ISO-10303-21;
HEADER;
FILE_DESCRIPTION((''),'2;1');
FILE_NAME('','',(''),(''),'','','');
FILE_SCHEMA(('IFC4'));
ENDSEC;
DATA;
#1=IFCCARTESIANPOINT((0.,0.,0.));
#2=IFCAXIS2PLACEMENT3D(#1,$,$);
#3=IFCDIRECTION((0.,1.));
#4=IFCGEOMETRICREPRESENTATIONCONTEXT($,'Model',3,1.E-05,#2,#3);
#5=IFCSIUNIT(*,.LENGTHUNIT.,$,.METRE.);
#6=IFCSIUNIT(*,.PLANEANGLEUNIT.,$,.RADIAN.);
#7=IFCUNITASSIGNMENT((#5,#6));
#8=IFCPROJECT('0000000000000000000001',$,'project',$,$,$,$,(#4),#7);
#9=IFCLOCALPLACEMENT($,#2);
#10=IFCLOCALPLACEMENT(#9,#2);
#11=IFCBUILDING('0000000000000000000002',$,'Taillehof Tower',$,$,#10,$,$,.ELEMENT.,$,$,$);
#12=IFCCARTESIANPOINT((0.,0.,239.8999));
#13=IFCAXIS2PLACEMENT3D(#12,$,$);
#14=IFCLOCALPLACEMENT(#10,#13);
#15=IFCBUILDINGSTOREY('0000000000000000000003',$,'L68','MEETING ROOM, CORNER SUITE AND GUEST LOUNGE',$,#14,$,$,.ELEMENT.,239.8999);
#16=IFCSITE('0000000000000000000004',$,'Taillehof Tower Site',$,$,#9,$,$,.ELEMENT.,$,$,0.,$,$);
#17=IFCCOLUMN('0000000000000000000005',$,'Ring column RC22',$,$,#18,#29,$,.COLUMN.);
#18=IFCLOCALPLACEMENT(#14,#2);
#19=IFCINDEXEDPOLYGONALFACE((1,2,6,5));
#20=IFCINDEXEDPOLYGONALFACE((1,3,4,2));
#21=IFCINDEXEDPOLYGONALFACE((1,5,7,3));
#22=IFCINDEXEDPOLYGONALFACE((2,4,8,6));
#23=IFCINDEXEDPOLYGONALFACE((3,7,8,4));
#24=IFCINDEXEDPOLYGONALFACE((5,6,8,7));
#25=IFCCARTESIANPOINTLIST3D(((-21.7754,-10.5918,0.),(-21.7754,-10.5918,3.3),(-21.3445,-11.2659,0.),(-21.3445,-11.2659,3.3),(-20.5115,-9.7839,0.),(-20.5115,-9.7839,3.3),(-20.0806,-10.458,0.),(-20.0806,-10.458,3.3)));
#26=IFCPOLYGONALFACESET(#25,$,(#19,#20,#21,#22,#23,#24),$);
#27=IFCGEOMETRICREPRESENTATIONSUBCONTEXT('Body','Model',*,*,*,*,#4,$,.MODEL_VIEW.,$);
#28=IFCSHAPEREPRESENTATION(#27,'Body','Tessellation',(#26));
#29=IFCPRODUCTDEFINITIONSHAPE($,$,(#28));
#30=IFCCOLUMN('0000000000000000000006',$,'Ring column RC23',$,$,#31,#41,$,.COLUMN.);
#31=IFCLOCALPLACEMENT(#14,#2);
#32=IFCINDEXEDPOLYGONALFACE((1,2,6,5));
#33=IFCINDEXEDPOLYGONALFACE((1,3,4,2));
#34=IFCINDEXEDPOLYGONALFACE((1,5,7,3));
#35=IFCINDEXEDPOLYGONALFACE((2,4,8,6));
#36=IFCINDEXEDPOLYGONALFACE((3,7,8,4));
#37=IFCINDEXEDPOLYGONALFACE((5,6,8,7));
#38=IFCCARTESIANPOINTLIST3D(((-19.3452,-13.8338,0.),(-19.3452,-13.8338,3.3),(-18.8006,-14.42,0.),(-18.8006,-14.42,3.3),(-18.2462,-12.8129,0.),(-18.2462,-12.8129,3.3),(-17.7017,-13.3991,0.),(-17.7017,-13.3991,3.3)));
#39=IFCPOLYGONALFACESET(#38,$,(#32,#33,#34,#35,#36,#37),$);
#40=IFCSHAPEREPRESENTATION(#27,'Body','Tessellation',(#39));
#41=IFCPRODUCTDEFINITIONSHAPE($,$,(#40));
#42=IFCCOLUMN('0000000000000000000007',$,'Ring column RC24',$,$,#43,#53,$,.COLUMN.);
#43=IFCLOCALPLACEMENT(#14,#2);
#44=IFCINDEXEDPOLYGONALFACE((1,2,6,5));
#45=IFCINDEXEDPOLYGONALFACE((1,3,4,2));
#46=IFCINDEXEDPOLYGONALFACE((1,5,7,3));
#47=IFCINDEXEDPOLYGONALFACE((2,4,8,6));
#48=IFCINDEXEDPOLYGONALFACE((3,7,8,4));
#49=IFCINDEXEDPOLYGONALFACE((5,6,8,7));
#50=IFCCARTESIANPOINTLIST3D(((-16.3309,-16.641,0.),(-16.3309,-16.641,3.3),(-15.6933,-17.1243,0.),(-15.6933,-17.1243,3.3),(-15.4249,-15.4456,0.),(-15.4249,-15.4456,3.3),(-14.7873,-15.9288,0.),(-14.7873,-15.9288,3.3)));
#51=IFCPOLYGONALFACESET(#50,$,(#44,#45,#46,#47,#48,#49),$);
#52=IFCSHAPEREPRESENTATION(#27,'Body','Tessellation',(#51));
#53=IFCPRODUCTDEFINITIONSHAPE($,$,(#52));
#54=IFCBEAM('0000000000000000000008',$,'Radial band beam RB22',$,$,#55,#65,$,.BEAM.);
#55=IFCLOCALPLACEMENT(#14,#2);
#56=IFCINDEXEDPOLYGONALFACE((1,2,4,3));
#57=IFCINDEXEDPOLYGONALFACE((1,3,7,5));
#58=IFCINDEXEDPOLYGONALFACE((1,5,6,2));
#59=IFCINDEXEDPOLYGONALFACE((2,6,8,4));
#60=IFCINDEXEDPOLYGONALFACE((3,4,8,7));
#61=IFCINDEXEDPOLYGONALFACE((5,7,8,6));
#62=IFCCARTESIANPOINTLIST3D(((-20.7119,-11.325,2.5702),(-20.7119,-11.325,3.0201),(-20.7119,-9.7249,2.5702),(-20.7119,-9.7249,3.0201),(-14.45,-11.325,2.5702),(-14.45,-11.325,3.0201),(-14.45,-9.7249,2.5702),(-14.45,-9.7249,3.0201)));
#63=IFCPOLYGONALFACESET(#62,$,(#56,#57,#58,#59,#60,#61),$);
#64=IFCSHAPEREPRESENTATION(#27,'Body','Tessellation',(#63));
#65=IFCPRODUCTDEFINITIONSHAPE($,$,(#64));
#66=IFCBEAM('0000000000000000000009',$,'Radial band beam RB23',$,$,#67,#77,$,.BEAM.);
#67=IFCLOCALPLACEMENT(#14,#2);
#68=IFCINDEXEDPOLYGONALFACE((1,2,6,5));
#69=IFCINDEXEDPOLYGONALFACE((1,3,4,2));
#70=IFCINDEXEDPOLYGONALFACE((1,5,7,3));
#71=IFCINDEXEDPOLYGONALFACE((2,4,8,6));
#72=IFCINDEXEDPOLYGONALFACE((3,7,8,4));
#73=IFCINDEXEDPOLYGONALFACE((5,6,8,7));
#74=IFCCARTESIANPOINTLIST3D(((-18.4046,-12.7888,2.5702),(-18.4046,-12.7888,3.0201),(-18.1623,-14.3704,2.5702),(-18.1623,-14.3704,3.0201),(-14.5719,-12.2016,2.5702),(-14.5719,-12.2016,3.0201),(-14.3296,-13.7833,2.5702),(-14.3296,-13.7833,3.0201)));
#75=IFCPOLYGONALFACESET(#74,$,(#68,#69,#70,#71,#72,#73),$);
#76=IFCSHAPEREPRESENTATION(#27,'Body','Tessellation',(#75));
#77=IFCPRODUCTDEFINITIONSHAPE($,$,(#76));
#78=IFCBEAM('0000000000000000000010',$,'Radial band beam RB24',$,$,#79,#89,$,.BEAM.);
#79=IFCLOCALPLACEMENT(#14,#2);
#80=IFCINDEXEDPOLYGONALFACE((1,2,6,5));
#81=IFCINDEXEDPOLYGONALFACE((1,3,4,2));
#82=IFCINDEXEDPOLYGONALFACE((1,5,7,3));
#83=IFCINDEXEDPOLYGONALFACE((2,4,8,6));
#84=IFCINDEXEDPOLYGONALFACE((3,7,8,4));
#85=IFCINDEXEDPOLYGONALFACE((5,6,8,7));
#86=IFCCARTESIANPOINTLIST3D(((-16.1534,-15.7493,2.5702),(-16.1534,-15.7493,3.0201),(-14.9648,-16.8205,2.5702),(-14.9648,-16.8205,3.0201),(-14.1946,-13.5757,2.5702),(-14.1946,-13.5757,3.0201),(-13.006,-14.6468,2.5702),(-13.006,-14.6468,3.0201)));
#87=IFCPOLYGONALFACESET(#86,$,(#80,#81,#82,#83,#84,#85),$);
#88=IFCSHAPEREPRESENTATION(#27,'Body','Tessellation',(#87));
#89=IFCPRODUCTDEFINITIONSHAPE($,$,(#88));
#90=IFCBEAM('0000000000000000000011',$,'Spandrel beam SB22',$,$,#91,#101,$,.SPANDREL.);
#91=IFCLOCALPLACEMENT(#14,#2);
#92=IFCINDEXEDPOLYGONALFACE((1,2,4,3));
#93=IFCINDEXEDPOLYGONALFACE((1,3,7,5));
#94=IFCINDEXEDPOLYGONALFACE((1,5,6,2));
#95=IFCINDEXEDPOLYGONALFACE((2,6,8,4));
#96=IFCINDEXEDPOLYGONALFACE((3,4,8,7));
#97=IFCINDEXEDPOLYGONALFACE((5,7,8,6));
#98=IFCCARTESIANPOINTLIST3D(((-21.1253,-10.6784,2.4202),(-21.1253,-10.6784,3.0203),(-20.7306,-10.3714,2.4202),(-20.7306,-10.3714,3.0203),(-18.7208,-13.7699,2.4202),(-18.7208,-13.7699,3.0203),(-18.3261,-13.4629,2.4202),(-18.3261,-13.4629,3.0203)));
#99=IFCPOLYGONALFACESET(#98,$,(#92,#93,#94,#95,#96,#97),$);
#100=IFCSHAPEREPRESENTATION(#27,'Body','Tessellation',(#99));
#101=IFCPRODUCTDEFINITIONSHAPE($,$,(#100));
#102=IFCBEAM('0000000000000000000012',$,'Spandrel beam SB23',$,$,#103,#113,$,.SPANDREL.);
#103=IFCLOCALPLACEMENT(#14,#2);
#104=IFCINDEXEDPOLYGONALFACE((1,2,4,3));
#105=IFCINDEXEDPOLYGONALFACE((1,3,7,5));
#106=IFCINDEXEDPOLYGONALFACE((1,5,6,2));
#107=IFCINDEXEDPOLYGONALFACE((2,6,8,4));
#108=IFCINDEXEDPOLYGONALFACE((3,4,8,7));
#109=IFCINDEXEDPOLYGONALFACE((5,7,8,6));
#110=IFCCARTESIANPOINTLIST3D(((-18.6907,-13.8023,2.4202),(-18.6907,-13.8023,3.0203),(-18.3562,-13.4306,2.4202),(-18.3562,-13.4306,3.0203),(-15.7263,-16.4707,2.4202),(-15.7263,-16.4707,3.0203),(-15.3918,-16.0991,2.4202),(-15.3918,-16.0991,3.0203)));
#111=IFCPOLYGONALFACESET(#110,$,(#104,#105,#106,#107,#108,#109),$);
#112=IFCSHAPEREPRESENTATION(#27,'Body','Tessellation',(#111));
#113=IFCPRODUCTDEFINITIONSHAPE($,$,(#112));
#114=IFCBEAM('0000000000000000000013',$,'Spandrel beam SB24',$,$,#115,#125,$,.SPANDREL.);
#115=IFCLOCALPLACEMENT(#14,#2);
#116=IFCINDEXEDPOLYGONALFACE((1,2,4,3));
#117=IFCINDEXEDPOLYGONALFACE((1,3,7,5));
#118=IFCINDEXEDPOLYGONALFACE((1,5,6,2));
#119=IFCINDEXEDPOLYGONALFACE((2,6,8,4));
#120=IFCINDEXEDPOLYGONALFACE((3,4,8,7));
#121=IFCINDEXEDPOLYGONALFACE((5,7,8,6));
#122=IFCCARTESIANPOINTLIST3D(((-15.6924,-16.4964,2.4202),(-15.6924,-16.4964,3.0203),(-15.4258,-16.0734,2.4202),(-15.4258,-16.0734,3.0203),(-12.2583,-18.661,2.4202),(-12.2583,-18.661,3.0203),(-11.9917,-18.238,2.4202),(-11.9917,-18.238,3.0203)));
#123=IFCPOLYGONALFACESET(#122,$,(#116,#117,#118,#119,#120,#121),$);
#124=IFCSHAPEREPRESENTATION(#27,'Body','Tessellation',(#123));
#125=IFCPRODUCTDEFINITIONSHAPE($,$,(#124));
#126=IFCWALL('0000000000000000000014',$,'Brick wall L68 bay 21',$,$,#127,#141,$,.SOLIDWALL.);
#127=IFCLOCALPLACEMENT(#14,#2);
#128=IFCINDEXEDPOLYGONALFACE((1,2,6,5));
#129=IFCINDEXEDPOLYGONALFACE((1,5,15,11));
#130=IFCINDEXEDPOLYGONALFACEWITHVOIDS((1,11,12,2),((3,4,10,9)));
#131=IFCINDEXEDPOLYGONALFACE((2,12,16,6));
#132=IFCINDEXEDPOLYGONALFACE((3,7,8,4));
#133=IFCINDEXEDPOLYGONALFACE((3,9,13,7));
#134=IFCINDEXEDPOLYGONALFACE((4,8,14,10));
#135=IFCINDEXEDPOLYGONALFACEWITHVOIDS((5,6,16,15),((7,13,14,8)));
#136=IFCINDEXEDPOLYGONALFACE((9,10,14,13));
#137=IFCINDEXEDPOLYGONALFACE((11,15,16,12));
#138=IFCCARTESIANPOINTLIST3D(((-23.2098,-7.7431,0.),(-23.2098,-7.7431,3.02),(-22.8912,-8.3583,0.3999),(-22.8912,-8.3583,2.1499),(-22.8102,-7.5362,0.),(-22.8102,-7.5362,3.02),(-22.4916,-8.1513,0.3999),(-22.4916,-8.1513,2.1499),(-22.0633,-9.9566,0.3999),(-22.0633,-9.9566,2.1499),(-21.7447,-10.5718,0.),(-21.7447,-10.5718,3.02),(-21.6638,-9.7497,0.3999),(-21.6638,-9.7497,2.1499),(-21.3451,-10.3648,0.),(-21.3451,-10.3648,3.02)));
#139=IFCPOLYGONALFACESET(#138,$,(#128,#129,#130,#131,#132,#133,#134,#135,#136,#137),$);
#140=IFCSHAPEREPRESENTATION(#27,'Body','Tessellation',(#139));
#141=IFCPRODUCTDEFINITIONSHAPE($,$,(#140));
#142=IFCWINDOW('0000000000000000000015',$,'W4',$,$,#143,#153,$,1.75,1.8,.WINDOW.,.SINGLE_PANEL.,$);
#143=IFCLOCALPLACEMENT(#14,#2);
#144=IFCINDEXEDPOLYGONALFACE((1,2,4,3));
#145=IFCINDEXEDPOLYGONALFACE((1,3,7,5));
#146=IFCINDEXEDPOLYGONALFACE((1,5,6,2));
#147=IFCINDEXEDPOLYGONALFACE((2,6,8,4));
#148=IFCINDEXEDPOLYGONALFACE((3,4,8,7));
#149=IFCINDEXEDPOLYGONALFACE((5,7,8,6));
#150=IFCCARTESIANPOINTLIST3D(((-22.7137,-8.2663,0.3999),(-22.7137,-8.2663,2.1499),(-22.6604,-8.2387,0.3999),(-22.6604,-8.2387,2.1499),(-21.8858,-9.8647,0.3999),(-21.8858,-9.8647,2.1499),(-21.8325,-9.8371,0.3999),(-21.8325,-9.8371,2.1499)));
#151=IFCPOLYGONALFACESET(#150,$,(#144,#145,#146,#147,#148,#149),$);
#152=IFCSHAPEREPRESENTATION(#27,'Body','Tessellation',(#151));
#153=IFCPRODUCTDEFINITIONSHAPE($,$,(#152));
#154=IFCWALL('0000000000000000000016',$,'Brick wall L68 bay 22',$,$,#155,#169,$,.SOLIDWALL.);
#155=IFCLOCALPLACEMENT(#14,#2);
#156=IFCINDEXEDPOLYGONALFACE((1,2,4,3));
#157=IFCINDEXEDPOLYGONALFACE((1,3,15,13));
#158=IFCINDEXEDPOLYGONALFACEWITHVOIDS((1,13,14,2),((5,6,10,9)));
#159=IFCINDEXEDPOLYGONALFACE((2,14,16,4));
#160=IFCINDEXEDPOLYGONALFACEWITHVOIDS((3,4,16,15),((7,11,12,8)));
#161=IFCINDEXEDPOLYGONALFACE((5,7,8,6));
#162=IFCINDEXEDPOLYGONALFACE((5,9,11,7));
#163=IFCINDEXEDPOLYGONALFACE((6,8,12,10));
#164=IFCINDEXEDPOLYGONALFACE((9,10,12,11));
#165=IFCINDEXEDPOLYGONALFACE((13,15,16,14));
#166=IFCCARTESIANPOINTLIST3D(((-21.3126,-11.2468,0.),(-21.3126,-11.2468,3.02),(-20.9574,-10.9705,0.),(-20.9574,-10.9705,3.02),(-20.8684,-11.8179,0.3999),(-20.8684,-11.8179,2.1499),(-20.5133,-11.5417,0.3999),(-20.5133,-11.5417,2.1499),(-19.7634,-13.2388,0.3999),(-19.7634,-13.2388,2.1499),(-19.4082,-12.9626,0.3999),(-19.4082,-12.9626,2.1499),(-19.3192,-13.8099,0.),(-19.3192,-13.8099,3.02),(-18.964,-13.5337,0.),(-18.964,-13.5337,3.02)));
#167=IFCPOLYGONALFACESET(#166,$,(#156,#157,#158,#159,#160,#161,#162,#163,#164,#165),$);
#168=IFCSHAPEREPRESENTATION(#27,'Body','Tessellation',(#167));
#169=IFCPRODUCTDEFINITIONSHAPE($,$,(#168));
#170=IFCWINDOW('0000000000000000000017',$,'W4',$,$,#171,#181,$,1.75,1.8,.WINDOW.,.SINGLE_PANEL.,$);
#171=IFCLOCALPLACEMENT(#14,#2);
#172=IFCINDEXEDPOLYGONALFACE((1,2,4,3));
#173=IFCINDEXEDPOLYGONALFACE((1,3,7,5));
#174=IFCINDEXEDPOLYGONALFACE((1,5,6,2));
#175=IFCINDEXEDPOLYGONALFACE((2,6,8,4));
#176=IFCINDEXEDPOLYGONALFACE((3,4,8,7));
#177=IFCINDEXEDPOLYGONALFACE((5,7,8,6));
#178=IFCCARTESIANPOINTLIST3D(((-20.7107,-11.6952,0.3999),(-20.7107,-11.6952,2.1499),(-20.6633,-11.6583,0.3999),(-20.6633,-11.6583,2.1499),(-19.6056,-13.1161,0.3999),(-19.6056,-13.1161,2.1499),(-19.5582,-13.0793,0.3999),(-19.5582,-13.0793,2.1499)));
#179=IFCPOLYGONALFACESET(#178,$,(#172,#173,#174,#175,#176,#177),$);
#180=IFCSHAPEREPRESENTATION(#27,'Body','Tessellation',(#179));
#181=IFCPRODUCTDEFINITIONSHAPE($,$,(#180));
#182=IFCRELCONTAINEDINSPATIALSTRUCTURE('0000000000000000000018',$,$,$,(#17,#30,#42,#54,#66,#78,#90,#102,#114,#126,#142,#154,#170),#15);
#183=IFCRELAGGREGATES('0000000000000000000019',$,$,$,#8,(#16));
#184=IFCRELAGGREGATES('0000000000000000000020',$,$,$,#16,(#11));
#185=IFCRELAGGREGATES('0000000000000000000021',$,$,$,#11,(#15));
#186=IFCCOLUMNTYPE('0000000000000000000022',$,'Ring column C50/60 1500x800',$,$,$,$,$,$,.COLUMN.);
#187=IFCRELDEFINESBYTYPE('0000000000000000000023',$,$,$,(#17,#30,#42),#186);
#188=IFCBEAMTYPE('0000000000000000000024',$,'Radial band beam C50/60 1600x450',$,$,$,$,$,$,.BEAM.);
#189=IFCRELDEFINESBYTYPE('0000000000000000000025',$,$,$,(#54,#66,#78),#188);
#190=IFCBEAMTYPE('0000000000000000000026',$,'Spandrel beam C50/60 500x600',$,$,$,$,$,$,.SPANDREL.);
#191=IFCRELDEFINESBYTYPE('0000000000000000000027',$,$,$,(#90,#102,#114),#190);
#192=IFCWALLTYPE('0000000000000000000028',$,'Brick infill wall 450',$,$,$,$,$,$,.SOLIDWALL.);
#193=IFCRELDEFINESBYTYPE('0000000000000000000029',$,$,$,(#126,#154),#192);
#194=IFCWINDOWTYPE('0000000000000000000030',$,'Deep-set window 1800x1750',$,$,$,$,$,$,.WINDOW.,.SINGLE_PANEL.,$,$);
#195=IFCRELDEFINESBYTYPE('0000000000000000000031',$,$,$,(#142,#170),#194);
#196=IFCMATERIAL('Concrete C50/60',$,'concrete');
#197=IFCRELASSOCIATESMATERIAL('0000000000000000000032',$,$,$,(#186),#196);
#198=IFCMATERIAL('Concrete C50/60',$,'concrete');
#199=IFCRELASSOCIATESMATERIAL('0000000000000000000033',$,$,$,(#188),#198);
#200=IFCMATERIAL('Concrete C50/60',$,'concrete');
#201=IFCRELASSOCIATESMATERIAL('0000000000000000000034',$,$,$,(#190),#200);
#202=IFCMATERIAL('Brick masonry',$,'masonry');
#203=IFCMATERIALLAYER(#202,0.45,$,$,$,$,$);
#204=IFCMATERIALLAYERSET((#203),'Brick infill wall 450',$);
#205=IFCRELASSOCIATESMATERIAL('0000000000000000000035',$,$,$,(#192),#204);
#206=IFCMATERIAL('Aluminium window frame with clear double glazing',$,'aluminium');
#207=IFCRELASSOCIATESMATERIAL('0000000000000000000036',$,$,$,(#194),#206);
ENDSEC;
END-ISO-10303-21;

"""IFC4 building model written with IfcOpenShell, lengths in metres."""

from ifc_helpers import new_model, si_unit, direction, frame, frame_2d, origin, origin_2d, place, context, subcontext, project, spatial, rectangle, extrude, material, layer, layer_set, material_profile, profile_set, type_object, element, fill, save


model = new_model("IFC4")

# Units and contexts
model_context = context("Model", 3, precision=1e-05, world=origin(), true_north=direction((0.0, 1.0)))
body_context = subcontext(model_context, "Body", "Model", "MODEL_VIEW")
ifc_project = project(units=[si_unit("LENGTHUNIT", "METRE"), si_unit("PLANEANGLEUNIT", "RADIAN")], contexts=[model_context])

# Site, building, storey
site_placement = place(None, origin())
site = spatial("IfcSite", under=ifc_project, at=site_placement, Name="Taillehof Tower Site", CompositionType="ELEMENT", RefElevation=0.0)
building_placement = place(site_placement, origin())
building = spatial("IfcBuilding", under=site, at=building_placement, Name="Taillehof Tower", CompositionType="ELEMENT")
storey_placement = place(building_placement, frame((0.0, 0.0, 239.8999)))
storey = spatial("IfcBuildingStorey", under=building, at=storey_placement, Name="L68", Description="MEETING ROOM, CORNER SUITE AND GUEST LOUNGE", CompositionType="ELEMENT", Elevation=239.8999)

# Columns
ifc_material_1 = material(Name="Concrete C50/60", Category="concrete")
ifc_material_profile_1 = material_profile(ifc_material_1, rectangle(XDim=1.5, YDim=0.8, at=origin_2d()), Name="RC 1500x800")
ifc_profile_set_1 = profile_set([ifc_material_profile_1], Name="Concrete C50/60")
column_type = type_object("IfcColumnType", Name="Ring column C50/60 1500x800", PredefinedType="COLUMN", material=ifc_profile_set_1)
for number, where, z_axis, x_axis, name in (
    (1, (-20.928, -10.5249, 0.0), (0.0, 0.0, 1.0), (-0.842574, -0.538581, 0.0), "Ring column RC22"),
    (2, (-18.5234, -13.6165, 0.0), (0.0, 0.0, 1.0), (-0.732636, -0.680621, 0.0), "Ring column RC23"),
    (3, (-15.5591, -16.2849, 0.0), (0.0, 0.0, 1.0), (-0.60402, -0.796969, 0.0), "Ring column RC24"),
):
    element("IfcColumn", number, at=place(storey_placement, frame(where, z_axis=z_axis, x_axis=x_axis)), inside=storey, type_object=column_type, Name=name, PredefinedType="COLUMN", context=body_context, shape_type="SweptSolid", body=[
        extrude(rectangle(XDim=1.5, YDim=0.8, at=origin_2d()), origin(), (0.0, 0.0, 1.0), 3.3),
    ])

# Beams
ifc_material_2 = material(Name="Concrete C50/60", Category="concrete")
ifc_material_profile_2 = material_profile(ifc_material_2, rectangle(XDim=1.6001, YDim=0.45, at=origin_2d()), Name="RC 1600x450")
ifc_profile_set_2 = profile_set([ifc_material_profile_2], Name="Concrete C50/60")
beam_type_1 = type_object("IfcBeamType", Name="Radial band beam C50/60 1600x450", PredefinedType="BEAM", material=ifc_profile_set_2)
beam_1_placement = place(storey_placement, frame((-20.7119, -10.5249, 2.7952), z_axis=(1.0, 0.0, 0.0), x_axis=(0.0, 1.0, 0.0)))
element("IfcBeam", 4, at=beam_1_placement, inside=storey, type_object=beam_type_1, Name="Radial band beam RB22", PredefinedType="BEAM", context=body_context, shape_type="SweptSolid", body=[
    extrude(rectangle(XDim=1.6001, YDim=0.45, at=origin_2d()), origin(), (0.0, 0.0, 1.0), 6.262),
])
beam_2_placement = place(storey_placement, frame((-18.2834, -13.5796, 2.7952), z_axis=(0.988468, 0.151428, 0.0), x_axis=(-0.151428, 0.988468, 0.0)))
element("IfcBeam", 5, at=beam_2_placement, inside=storey, type_object=beam_type_1, Name="Radial band beam RB23", PredefinedType="BEAM", context=body_context, shape_type="SweptSolid", body=[
    extrude(rectangle(XDim=1.6001, YDim=0.45, at=origin_2d()), origin(), (0.0, 0.0, 1.0), 3.8774),
])
beam_3_placement = place(storey_placement, frame((-15.5591, -16.2849, 2.7952), z_axis=(0.669439, 0.742867, 0.0), x_axis=(-0.742867, 0.669439, 0.0)))
element("IfcBeam", 6, at=beam_3_placement, inside=storey, type_object=beam_type_1, Name="Radial band beam RB24", PredefinedType="BEAM", context=body_context, shape_type="SweptSolid", body=[
    extrude(rectangle(XDim=1.6001, YDim=0.45, at=origin_2d()), origin(), (0.0, 0.0, 1.0), 2.926),
])
ifc_material_3 = material(Name="Concrete C50/60", Category="concrete")
ifc_material_profile_3 = material_profile(ifc_material_3, rectangle(XDim=0.5, YDim=0.6001, at=origin_2d()), Name="RC 500x600")
ifc_profile_set_3 = profile_set([ifc_material_profile_3], Name="Concrete C50/60")
beam_type_2 = type_object("IfcBeamType", Name="Spandrel beam C50/60 500x600", PredefinedType="SPANDREL", material=ifc_profile_set_3)
beam_4_placement = place(storey_placement, frame((-20.928, -10.5249, 2.7202), z_axis=(0.613941, -0.789352, 0.0), x_axis=(0.789352, 0.613941, 0.0)))
element("IfcBeam", 7, at=beam_4_placement, inside=storey, type_object=beam_type_2, Name="Spandrel beam SB22", PredefinedType="SPANDREL", context=body_context, shape_type="SweptSolid", body=[
    extrude(rectangle(XDim=0.5, YDim=0.6001, at=origin_2d()), origin(), (0.0, 0.0, 1.0), 3.9165),
])
beam_5_placement = place(storey_placement, frame((-18.5234, -13.6165, 2.7202), z_axis=(0.743227, -0.669039, 0.0), x_axis=(0.669039, 0.743227, 0.0)))
element("IfcBeam", 8, at=beam_5_placement, inside=storey, type_object=beam_type_2, Name="Spandrel beam SB23", PredefinedType="SPANDREL", context=body_context, shape_type="SweptSolid", body=[
    extrude(rectangle(XDim=0.5, YDim=0.6001, at=origin_2d()), origin(), (0.0, 0.0, 1.0), 3.9885),
])
beam_6_placement = place(storey_placement, frame((-15.5591, -16.2849, 2.7202), z_axis=(0.845972, -0.533228, 0.0), x_axis=(0.533228, 0.845972, 0.0)))
element("IfcBeam", 9, at=beam_6_placement, inside=storey, type_object=beam_type_2, Name="Spandrel beam SB24", PredefinedType="SPANDREL", context=body_context, shape_type="SweptSolid", body=[
    extrude(rectangle(XDim=0.5, YDim=0.6001, at=origin_2d()), origin(), (0.0, 0.0, 1.0), 4.0593),
])

# Walls, openings, windows
ifc_material_4 = material(Name="Brick masonry", Category="masonry")
ifc_layer_1 = layer(ifc_material_4, 0.45)
ifc_layer_set_1 = layer_set([ifc_layer_1], Name="Brick infill wall 450")
wall_type_1 = type_object("IfcWallType", Name="Brick infill wall 450", PredefinedType="SOLIDWALL", material=ifc_layer_set_1)
wall_1_placement = place(storey_placement, frame((-23.01, -7.6396, 0.0), z_axis=(0.0, 0.0, 1.0), x_axis=(0.459921, -0.88796, 0.0)))
wall_1 = element("IfcWall", 10, at=wall_1_placement, inside=storey, type_object=wall_type_1, Name="Brick wall L68 bay 21", PredefinedType="SOLIDWALL", context=body_context, shape_type="SweptSolid", body=[
    extrude(rectangle(XDim=3.1855, YDim=0.45, at=frame_2d((1.5928, 0.0))), origin(), (0.0, 0.0, 1.0), 3.02),
])
opening_1_placement = place(wall_1_placement, frame((0.6929, 0.0, 0.3999)))
opening_1 = element("IfcOpeningElement", 11, at=opening_1_placement, cuts=wall_1, PredefinedType="OPENING", context=body_context, shape_type="SweptSolid", body=[
    extrude(rectangle(XDim=1.8, YDim=1.75, at=frame_2d((0.8999, 0.875))), frame((0.0, 0.2349, 0.0), z_axis=(0.0, -1.0, 0.0), x_axis=(1.0, 0.0, 0.0)), (0.0, 0.0, 1.0), 0.47),
])
ifc_material_5 = material(Name="Aluminium window frame with clear double glazing", Category="aluminium")
window_type = type_object("IfcWindowType", Name="Deep-set window 1800x1750", PartitioningType="SINGLE_PANEL", PredefinedType="WINDOW", material=ifc_material_5)
window_1_placement = place(opening_1_placement, origin())
window_1 = element("IfcWindow", 12, at=window_1_placement, inside=storey, type_object=window_type, Name="W4", OverallHeight=1.75, OverallWidth=1.8, PartitioningType="SINGLE_PANEL", PredefinedType="WINDOW", context=body_context, shape_type="SweptSolid", body=[
    extrude(rectangle(XDim=1.8, YDim=1.75, at=frame_2d((0.8999, 0.875))), frame((0.0, 0.0349, 0.0), z_axis=(0.0, -1.0, 0.0), x_axis=(1.0, 0.0, 0.0)), (0.0, 0.0, 1.0), 0.0601),
])
fill(opening_1, window_1)
wall_2_placement = place(storey_placement, frame((-21.135, -11.1086, 0.0), z_axis=(0.0, 0.0, 1.0), x_axis=(0.613899, -0.789385, 0.0)))
wall_2 = element("IfcWall", 13, at=wall_2_placement, inside=storey, type_object=wall_type_1, Name="Brick wall L68 bay 22", PredefinedType="SOLIDWALL", context=body_context, shape_type="SweptSolid", body=[
    extrude(rectangle(XDim=3.2471, YDim=0.45, at=frame_2d((1.6235, 0.0))), origin(), (0.0, 0.0, 1.0), 3.02),
])
opening_2_placement = place(wall_2_placement, frame((0.7236, 0.0, 0.3999)))
opening_2 = element("IfcOpeningElement", 14, at=opening_2_placement, cuts=wall_2, PredefinedType="OPENING", context=body_context, shape_type="SweptSolid", body=[
    extrude(rectangle(XDim=1.8, YDim=1.75, at=frame_2d((0.8999, 0.875))), frame((0.0, 0.2349, 0.0), z_axis=(0.0, -1.0, 0.0), x_axis=(1.0, 0.0, 0.0)), (0.0, 0.0, 1.0), 0.47),
])
window_2_placement = place(opening_2_placement, origin())
window_2 = element("IfcWindow", 15, at=window_2_placement, inside=storey, type_object=window_type, Name="W4", OverallHeight=1.75, OverallWidth=1.8, PartitioningType="SINGLE_PANEL", PredefinedType="WINDOW", context=body_context, shape_type="SweptSolid", body=[
    extrude(rectangle(XDim=1.8, YDim=1.75, at=frame_2d((0.8999, 0.875))), frame((0.0, 0.0349, 0.0), z_axis=(0.0, -1.0, 0.0), x_axis=(1.0, 0.0, 0.0)), (0.0, 0.0, 1.0), 0.0601),
])
fill(opening_2, window_2)

save(model, "model.ifc")
